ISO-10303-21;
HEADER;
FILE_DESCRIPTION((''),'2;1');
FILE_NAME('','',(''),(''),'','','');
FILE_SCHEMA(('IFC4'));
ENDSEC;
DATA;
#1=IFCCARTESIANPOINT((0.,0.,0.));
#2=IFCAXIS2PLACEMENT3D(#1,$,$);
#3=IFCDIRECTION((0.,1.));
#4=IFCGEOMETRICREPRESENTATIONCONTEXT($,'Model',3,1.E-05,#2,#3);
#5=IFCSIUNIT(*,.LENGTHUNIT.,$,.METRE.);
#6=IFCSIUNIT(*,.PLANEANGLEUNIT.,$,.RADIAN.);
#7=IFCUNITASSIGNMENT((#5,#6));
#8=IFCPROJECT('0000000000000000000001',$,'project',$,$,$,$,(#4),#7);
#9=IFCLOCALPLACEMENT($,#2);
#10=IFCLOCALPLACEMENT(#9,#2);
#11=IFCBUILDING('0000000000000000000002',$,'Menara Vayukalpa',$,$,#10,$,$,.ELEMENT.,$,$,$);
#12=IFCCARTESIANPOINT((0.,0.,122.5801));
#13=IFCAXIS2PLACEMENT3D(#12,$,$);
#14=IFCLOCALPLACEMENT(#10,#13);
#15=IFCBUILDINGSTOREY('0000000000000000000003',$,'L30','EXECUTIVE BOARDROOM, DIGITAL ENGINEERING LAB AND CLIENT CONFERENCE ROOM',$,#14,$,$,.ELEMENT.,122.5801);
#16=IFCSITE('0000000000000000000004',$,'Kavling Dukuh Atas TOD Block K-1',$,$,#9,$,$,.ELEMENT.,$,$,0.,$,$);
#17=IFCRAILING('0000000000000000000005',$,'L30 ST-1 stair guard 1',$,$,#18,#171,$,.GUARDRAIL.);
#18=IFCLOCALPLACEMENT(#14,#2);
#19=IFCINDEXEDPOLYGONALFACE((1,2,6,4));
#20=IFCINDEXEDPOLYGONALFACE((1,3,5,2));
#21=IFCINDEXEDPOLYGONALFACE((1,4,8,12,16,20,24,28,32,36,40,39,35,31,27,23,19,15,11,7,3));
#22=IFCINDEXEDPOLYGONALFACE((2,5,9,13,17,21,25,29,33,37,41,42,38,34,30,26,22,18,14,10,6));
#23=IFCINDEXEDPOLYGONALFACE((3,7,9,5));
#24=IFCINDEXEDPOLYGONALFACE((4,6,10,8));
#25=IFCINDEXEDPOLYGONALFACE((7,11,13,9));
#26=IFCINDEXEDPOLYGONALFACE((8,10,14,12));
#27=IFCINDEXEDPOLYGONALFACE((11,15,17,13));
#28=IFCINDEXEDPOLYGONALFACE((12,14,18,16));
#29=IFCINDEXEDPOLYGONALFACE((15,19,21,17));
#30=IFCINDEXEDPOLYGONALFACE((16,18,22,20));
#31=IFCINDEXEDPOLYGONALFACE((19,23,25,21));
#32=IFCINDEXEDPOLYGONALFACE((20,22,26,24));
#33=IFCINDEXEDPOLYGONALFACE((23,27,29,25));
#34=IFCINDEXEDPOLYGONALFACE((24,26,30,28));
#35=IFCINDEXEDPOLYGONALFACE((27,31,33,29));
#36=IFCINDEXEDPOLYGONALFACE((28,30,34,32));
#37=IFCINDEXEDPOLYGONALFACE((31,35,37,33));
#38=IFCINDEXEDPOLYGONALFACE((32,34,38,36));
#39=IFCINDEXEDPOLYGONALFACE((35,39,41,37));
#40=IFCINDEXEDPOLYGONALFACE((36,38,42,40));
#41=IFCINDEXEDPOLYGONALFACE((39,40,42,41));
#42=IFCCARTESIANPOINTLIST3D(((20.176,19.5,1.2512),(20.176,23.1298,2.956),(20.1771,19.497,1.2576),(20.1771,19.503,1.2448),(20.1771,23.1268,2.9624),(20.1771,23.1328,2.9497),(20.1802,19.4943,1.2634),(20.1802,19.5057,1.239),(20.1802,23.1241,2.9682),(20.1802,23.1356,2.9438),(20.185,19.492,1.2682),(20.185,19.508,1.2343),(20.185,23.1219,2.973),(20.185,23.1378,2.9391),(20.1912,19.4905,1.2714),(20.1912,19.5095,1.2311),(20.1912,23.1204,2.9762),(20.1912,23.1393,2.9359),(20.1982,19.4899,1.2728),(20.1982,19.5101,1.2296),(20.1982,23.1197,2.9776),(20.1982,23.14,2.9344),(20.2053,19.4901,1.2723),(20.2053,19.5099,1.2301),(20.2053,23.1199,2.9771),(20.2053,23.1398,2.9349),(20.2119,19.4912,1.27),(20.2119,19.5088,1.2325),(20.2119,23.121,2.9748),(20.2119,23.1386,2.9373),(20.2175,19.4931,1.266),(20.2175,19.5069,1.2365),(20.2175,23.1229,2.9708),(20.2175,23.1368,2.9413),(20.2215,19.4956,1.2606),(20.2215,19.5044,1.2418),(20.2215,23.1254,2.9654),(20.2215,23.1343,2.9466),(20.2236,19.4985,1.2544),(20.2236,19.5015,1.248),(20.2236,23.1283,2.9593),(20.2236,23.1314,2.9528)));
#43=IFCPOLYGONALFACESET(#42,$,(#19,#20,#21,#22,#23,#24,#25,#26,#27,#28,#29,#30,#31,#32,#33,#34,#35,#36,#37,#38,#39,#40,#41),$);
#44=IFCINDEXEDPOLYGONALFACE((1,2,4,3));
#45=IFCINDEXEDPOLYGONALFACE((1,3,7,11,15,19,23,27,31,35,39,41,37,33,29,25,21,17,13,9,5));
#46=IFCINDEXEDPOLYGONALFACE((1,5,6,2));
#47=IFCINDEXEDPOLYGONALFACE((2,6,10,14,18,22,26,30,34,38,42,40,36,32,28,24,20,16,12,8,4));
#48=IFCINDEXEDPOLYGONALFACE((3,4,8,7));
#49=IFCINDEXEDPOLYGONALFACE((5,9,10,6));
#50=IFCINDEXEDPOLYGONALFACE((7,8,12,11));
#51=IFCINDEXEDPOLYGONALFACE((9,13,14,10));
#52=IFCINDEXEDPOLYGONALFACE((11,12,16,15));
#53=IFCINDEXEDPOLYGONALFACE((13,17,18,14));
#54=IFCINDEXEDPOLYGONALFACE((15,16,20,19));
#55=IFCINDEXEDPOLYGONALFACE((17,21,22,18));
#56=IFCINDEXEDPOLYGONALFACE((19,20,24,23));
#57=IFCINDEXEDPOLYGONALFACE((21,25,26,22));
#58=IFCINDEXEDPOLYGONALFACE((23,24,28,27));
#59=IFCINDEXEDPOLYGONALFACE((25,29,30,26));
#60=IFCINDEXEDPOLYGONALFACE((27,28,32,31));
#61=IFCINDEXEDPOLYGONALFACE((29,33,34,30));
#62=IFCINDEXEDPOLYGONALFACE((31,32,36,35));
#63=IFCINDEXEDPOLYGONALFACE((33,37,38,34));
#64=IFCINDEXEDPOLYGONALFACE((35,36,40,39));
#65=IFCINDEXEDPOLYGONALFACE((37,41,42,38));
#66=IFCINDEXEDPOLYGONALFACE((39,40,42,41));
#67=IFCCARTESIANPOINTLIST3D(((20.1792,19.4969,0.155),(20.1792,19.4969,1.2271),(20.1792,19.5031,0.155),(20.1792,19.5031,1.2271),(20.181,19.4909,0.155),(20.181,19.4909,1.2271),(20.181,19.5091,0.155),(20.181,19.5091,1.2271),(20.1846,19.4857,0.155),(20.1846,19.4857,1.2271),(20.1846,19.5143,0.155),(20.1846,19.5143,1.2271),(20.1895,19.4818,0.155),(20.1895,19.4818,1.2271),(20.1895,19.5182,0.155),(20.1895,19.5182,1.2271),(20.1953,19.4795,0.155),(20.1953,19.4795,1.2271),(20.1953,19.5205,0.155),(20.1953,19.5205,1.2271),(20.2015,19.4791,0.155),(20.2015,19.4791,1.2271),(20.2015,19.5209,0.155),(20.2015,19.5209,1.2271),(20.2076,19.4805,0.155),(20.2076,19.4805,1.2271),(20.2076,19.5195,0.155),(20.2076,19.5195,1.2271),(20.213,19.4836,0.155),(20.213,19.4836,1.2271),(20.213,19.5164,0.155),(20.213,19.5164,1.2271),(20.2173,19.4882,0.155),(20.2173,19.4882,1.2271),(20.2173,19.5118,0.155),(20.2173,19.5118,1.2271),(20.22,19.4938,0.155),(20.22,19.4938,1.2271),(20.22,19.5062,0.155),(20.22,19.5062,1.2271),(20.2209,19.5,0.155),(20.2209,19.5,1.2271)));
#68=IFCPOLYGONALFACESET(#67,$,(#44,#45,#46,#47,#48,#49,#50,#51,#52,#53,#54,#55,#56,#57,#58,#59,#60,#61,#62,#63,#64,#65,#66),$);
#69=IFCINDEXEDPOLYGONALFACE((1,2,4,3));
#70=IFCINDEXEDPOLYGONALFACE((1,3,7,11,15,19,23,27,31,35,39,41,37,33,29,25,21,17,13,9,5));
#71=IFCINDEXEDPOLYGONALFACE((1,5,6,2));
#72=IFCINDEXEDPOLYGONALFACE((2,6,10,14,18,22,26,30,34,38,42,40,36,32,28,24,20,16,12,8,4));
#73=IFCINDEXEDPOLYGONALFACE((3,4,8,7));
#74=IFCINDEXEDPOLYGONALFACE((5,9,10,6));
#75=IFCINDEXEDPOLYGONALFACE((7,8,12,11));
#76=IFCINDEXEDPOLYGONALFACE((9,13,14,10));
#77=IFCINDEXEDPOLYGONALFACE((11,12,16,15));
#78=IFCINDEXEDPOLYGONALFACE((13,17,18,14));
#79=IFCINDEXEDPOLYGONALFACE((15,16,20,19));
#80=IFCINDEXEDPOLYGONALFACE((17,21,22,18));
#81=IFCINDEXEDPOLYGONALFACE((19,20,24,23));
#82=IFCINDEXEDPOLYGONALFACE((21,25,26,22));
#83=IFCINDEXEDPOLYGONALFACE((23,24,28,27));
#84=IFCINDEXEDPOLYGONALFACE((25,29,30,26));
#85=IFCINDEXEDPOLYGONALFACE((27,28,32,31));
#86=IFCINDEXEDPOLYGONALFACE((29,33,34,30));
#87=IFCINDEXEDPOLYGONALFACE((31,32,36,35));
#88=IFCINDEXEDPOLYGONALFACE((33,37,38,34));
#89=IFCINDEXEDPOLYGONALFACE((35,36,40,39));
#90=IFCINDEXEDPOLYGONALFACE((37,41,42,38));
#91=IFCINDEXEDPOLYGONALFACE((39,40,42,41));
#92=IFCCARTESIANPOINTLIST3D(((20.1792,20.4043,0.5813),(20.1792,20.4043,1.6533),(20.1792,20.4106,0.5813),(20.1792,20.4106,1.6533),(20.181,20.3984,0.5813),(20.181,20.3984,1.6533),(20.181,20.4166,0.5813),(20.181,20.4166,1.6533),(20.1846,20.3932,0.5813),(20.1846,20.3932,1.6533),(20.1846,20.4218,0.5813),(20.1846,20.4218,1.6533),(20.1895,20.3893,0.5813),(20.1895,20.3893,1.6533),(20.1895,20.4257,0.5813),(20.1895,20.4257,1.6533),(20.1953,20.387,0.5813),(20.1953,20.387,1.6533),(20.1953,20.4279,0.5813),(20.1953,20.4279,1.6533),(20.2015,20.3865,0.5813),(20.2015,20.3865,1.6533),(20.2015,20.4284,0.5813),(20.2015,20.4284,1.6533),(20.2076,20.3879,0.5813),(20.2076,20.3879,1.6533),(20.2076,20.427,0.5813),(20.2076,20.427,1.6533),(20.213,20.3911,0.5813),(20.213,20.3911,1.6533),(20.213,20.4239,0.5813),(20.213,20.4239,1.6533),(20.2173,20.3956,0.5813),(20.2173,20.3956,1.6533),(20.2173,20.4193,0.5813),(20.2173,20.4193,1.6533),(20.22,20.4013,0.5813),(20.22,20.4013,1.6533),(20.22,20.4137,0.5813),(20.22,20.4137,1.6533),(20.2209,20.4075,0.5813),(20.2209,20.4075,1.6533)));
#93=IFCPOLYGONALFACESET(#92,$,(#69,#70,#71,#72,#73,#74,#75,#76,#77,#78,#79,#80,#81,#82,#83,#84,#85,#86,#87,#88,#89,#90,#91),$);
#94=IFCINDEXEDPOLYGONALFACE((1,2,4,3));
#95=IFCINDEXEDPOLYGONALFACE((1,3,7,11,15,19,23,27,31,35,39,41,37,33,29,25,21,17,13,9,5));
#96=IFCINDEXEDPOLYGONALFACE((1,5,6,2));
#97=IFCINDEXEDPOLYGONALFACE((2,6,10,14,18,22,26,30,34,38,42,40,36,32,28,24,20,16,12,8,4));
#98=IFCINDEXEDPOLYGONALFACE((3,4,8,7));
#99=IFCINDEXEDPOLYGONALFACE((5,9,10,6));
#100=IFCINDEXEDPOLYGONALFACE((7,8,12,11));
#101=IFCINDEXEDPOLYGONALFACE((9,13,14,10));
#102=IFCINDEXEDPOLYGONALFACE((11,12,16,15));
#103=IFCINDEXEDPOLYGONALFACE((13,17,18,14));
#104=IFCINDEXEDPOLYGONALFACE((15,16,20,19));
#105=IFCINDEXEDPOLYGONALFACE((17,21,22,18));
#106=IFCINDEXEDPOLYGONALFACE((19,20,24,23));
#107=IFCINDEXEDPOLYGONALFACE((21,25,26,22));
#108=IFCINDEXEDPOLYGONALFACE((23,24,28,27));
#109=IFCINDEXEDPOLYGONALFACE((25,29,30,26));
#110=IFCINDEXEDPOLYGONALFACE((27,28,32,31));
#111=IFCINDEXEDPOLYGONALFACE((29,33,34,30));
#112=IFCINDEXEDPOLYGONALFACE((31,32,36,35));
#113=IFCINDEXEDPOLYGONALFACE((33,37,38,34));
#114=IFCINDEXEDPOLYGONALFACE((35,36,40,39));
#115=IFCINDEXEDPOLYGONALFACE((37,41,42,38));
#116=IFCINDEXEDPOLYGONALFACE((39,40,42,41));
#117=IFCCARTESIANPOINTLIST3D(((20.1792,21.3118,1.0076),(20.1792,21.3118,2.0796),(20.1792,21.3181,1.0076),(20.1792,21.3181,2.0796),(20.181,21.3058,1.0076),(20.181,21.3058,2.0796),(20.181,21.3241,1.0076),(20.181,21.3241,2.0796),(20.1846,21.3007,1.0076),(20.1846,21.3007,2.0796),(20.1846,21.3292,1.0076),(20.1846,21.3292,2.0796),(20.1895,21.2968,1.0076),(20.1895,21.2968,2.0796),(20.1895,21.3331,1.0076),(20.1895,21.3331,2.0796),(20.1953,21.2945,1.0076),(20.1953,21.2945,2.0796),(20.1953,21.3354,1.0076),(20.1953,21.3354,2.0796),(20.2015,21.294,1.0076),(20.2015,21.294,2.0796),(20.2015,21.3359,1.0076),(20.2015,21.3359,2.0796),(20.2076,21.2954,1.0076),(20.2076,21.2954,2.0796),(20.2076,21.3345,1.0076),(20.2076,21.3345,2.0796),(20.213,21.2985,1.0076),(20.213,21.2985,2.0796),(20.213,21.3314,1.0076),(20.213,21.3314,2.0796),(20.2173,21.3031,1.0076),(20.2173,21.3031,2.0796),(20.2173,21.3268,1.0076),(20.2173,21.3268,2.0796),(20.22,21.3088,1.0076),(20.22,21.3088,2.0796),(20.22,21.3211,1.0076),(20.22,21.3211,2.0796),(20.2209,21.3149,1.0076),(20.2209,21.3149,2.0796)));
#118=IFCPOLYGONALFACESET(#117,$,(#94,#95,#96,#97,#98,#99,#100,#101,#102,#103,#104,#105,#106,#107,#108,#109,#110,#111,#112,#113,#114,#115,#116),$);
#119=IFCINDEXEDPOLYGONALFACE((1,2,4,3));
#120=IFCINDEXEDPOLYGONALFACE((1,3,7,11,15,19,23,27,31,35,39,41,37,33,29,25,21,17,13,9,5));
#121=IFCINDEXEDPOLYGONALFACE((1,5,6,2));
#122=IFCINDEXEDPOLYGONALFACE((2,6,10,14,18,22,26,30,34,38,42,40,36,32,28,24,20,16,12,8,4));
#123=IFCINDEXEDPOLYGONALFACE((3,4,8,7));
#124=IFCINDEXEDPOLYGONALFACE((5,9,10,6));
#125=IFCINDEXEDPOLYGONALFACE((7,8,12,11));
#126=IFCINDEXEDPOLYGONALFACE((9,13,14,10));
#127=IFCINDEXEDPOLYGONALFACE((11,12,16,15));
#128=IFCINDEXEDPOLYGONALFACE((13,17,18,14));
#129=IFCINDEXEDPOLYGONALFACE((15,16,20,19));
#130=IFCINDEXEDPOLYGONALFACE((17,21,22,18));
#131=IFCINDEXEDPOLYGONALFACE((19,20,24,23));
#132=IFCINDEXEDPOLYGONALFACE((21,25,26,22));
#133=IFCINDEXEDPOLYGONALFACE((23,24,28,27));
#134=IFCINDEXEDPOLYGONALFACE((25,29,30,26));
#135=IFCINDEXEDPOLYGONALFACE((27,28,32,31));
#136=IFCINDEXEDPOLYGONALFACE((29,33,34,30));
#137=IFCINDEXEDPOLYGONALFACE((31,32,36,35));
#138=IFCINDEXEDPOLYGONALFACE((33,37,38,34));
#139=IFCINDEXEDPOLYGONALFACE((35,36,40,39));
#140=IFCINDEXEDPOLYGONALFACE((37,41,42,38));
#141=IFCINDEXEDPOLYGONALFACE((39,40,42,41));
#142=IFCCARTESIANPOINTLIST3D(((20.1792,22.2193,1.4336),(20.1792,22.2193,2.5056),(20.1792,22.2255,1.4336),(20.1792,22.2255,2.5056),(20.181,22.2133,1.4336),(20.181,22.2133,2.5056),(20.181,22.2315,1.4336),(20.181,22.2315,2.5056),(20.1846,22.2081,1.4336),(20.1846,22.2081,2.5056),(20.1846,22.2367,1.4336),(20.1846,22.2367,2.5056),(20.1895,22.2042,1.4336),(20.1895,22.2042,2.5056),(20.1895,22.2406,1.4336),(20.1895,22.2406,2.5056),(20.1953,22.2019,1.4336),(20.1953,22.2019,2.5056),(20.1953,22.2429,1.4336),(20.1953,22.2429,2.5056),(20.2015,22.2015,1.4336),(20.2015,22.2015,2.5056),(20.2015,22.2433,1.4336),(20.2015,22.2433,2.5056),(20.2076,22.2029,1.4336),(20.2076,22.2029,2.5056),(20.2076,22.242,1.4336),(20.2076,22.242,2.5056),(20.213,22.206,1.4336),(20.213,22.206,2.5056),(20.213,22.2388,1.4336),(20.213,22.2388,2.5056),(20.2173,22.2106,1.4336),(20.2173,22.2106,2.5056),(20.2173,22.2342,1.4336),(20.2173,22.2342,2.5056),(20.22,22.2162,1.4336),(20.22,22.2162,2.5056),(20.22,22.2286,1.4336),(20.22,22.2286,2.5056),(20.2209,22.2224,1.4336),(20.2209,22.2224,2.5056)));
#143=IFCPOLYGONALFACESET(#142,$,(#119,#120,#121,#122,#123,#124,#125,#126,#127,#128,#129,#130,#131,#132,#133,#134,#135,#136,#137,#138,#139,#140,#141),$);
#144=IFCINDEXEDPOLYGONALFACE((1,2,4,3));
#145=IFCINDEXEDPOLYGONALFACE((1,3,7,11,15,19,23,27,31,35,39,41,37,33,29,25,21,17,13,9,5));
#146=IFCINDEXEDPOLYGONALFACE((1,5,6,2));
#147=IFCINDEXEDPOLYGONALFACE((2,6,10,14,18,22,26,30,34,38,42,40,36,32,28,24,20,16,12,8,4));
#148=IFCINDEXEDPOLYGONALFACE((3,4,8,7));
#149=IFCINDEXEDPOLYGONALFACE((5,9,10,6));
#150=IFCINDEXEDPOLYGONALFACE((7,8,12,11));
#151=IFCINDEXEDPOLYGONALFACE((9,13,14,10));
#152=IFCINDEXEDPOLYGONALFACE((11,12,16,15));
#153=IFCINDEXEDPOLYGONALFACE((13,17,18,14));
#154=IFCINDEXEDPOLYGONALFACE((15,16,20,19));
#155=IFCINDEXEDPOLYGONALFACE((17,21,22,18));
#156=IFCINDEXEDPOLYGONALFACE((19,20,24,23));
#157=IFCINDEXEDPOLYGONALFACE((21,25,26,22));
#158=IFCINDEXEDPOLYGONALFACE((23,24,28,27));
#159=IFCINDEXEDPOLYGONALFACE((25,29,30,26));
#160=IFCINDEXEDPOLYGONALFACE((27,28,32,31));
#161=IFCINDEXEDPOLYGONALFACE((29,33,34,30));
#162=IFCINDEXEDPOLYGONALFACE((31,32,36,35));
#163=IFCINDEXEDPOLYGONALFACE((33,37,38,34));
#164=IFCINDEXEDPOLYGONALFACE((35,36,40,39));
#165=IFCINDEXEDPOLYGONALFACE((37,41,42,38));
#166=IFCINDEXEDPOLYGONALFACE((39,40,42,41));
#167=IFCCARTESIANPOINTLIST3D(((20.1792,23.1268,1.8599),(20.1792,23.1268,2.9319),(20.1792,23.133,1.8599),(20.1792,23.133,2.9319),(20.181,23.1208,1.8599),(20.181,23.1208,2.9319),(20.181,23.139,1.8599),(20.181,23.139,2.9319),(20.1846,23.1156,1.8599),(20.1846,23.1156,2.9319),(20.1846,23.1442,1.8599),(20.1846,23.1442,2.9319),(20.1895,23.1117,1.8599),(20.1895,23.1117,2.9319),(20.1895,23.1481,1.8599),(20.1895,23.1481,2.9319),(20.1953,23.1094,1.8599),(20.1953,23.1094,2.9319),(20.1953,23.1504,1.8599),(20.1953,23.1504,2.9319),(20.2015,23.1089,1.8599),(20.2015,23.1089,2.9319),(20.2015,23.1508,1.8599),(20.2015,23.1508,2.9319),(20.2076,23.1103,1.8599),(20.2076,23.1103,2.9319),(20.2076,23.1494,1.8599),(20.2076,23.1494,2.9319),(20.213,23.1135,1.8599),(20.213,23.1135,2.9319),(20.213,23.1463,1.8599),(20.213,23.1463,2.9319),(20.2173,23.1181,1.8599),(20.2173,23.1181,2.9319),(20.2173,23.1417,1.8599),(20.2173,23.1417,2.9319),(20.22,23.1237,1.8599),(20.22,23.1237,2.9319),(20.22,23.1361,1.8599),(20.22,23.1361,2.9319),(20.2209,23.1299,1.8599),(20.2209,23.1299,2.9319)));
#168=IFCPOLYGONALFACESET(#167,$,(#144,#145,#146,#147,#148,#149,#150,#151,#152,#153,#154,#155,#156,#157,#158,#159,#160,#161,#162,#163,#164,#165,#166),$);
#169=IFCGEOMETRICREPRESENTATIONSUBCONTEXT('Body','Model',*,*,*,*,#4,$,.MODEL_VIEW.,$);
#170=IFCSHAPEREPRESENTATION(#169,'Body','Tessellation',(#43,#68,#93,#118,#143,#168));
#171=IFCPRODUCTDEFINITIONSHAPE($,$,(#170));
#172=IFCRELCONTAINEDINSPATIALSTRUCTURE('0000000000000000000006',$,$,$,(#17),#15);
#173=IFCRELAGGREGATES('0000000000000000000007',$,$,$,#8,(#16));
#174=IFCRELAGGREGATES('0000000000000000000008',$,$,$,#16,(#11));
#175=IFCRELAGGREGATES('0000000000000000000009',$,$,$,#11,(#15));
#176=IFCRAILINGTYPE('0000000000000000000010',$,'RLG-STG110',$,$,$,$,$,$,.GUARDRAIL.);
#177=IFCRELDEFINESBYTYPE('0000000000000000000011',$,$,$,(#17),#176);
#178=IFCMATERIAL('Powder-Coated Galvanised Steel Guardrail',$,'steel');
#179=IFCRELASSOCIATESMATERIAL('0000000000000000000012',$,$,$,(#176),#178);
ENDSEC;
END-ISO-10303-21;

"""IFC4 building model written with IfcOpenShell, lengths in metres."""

from ifc_helpers import new_model, si_unit, direction, frame, origin, origin_2d, place, context, subcontext, project, spatial, circle, extrude, material, type_object, element, save


model = new_model("IFC4")

# Units and contexts
model_context = context("Model", 3, precision=1e-05, world=origin(), true_north=direction((0.0, 1.0)))
body_context = subcontext(model_context, "Body", "Model", "MODEL_VIEW")
ifc_project = project(units=[si_unit("LENGTHUNIT", "METRE"), si_unit("PLANEANGLEUNIT", "RADIAN")], contexts=[model_context])

# Site, building, storey
site_placement = place(None, origin())
site = spatial("IfcSite", under=ifc_project, at=site_placement, Name="Kavling Dukuh Atas TOD Block K-1", CompositionType="ELEMENT", RefElevation=0.0)
building_placement = place(site_placement, origin())
building = spatial("IfcBuilding", under=site, at=building_placement, Name="Menara Vayukalpa", CompositionType="ELEMENT")
storey_placement = place(building_placement, frame((0.0, 0.0, 122.5801)))
storey = spatial("IfcBuildingStorey", under=building, at=storey_placement, Name="L30", Description="EXECUTIVE BOARDROOM, DIGITAL ENGINEERING LAB AND CLIENT CONFERENCE ROOM", CompositionType="ELEMENT", Elevation=122.5801)

# Railing
ifc_material_1 = material(Name="Powder-Coated Galvanised Steel Guardrail", Category="steel")
railing_type_1 = type_object("IfcRailingType", Name="RLG-STG110", PredefinedType="GUARDRAIL", material=ifc_material_1)
railing_1_placement = place(storey_placement, frame((20.2, 19.5, 0.155)))
element("IfcRailing", 1, at=railing_1_placement, inside=storey, type_object=railing_type_1, Name="L30 ST-1 stair guard 1", PredefinedType="GUARDRAIL", context=body_context, shape_type="SweptSolid", body=[
    extrude(circle(Radius=0.0239, at=origin_2d()), frame((0.0, 0.0, 1.0962), z_axis=(0.0, 0.90514, 0.425114), x_axis=(-1.0, 0.0, 0.0)), (0.0, 0.0, 1.0), 4.0103),
    extrude(circle(Radius=0.021, at=origin_2d()), origin(), (0.0, 0.0, 1.0), 1.072),
    extrude(circle(Radius=0.021, at=origin_2d()), frame((0.0, 0.9075, 0.4263)), (0.0, 0.0, 1.0), 1.072),
    extrude(circle(Radius=0.021, at=origin_2d()), frame((0.0, 1.8149, 0.8525)), (0.0, 0.0, 1.0), 1.072),
    extrude(circle(Radius=0.021, at=origin_2d()), frame((0.0, 2.7224, 1.2786)), (0.0, 0.0, 1.0), 1.072),
    extrude(circle(Radius=0.021, at=origin_2d()), frame((0.0, 3.6299, 1.7048)), (0.0, 0.0, 1.0), 1.072),
])

save(model, "model.ifc")
